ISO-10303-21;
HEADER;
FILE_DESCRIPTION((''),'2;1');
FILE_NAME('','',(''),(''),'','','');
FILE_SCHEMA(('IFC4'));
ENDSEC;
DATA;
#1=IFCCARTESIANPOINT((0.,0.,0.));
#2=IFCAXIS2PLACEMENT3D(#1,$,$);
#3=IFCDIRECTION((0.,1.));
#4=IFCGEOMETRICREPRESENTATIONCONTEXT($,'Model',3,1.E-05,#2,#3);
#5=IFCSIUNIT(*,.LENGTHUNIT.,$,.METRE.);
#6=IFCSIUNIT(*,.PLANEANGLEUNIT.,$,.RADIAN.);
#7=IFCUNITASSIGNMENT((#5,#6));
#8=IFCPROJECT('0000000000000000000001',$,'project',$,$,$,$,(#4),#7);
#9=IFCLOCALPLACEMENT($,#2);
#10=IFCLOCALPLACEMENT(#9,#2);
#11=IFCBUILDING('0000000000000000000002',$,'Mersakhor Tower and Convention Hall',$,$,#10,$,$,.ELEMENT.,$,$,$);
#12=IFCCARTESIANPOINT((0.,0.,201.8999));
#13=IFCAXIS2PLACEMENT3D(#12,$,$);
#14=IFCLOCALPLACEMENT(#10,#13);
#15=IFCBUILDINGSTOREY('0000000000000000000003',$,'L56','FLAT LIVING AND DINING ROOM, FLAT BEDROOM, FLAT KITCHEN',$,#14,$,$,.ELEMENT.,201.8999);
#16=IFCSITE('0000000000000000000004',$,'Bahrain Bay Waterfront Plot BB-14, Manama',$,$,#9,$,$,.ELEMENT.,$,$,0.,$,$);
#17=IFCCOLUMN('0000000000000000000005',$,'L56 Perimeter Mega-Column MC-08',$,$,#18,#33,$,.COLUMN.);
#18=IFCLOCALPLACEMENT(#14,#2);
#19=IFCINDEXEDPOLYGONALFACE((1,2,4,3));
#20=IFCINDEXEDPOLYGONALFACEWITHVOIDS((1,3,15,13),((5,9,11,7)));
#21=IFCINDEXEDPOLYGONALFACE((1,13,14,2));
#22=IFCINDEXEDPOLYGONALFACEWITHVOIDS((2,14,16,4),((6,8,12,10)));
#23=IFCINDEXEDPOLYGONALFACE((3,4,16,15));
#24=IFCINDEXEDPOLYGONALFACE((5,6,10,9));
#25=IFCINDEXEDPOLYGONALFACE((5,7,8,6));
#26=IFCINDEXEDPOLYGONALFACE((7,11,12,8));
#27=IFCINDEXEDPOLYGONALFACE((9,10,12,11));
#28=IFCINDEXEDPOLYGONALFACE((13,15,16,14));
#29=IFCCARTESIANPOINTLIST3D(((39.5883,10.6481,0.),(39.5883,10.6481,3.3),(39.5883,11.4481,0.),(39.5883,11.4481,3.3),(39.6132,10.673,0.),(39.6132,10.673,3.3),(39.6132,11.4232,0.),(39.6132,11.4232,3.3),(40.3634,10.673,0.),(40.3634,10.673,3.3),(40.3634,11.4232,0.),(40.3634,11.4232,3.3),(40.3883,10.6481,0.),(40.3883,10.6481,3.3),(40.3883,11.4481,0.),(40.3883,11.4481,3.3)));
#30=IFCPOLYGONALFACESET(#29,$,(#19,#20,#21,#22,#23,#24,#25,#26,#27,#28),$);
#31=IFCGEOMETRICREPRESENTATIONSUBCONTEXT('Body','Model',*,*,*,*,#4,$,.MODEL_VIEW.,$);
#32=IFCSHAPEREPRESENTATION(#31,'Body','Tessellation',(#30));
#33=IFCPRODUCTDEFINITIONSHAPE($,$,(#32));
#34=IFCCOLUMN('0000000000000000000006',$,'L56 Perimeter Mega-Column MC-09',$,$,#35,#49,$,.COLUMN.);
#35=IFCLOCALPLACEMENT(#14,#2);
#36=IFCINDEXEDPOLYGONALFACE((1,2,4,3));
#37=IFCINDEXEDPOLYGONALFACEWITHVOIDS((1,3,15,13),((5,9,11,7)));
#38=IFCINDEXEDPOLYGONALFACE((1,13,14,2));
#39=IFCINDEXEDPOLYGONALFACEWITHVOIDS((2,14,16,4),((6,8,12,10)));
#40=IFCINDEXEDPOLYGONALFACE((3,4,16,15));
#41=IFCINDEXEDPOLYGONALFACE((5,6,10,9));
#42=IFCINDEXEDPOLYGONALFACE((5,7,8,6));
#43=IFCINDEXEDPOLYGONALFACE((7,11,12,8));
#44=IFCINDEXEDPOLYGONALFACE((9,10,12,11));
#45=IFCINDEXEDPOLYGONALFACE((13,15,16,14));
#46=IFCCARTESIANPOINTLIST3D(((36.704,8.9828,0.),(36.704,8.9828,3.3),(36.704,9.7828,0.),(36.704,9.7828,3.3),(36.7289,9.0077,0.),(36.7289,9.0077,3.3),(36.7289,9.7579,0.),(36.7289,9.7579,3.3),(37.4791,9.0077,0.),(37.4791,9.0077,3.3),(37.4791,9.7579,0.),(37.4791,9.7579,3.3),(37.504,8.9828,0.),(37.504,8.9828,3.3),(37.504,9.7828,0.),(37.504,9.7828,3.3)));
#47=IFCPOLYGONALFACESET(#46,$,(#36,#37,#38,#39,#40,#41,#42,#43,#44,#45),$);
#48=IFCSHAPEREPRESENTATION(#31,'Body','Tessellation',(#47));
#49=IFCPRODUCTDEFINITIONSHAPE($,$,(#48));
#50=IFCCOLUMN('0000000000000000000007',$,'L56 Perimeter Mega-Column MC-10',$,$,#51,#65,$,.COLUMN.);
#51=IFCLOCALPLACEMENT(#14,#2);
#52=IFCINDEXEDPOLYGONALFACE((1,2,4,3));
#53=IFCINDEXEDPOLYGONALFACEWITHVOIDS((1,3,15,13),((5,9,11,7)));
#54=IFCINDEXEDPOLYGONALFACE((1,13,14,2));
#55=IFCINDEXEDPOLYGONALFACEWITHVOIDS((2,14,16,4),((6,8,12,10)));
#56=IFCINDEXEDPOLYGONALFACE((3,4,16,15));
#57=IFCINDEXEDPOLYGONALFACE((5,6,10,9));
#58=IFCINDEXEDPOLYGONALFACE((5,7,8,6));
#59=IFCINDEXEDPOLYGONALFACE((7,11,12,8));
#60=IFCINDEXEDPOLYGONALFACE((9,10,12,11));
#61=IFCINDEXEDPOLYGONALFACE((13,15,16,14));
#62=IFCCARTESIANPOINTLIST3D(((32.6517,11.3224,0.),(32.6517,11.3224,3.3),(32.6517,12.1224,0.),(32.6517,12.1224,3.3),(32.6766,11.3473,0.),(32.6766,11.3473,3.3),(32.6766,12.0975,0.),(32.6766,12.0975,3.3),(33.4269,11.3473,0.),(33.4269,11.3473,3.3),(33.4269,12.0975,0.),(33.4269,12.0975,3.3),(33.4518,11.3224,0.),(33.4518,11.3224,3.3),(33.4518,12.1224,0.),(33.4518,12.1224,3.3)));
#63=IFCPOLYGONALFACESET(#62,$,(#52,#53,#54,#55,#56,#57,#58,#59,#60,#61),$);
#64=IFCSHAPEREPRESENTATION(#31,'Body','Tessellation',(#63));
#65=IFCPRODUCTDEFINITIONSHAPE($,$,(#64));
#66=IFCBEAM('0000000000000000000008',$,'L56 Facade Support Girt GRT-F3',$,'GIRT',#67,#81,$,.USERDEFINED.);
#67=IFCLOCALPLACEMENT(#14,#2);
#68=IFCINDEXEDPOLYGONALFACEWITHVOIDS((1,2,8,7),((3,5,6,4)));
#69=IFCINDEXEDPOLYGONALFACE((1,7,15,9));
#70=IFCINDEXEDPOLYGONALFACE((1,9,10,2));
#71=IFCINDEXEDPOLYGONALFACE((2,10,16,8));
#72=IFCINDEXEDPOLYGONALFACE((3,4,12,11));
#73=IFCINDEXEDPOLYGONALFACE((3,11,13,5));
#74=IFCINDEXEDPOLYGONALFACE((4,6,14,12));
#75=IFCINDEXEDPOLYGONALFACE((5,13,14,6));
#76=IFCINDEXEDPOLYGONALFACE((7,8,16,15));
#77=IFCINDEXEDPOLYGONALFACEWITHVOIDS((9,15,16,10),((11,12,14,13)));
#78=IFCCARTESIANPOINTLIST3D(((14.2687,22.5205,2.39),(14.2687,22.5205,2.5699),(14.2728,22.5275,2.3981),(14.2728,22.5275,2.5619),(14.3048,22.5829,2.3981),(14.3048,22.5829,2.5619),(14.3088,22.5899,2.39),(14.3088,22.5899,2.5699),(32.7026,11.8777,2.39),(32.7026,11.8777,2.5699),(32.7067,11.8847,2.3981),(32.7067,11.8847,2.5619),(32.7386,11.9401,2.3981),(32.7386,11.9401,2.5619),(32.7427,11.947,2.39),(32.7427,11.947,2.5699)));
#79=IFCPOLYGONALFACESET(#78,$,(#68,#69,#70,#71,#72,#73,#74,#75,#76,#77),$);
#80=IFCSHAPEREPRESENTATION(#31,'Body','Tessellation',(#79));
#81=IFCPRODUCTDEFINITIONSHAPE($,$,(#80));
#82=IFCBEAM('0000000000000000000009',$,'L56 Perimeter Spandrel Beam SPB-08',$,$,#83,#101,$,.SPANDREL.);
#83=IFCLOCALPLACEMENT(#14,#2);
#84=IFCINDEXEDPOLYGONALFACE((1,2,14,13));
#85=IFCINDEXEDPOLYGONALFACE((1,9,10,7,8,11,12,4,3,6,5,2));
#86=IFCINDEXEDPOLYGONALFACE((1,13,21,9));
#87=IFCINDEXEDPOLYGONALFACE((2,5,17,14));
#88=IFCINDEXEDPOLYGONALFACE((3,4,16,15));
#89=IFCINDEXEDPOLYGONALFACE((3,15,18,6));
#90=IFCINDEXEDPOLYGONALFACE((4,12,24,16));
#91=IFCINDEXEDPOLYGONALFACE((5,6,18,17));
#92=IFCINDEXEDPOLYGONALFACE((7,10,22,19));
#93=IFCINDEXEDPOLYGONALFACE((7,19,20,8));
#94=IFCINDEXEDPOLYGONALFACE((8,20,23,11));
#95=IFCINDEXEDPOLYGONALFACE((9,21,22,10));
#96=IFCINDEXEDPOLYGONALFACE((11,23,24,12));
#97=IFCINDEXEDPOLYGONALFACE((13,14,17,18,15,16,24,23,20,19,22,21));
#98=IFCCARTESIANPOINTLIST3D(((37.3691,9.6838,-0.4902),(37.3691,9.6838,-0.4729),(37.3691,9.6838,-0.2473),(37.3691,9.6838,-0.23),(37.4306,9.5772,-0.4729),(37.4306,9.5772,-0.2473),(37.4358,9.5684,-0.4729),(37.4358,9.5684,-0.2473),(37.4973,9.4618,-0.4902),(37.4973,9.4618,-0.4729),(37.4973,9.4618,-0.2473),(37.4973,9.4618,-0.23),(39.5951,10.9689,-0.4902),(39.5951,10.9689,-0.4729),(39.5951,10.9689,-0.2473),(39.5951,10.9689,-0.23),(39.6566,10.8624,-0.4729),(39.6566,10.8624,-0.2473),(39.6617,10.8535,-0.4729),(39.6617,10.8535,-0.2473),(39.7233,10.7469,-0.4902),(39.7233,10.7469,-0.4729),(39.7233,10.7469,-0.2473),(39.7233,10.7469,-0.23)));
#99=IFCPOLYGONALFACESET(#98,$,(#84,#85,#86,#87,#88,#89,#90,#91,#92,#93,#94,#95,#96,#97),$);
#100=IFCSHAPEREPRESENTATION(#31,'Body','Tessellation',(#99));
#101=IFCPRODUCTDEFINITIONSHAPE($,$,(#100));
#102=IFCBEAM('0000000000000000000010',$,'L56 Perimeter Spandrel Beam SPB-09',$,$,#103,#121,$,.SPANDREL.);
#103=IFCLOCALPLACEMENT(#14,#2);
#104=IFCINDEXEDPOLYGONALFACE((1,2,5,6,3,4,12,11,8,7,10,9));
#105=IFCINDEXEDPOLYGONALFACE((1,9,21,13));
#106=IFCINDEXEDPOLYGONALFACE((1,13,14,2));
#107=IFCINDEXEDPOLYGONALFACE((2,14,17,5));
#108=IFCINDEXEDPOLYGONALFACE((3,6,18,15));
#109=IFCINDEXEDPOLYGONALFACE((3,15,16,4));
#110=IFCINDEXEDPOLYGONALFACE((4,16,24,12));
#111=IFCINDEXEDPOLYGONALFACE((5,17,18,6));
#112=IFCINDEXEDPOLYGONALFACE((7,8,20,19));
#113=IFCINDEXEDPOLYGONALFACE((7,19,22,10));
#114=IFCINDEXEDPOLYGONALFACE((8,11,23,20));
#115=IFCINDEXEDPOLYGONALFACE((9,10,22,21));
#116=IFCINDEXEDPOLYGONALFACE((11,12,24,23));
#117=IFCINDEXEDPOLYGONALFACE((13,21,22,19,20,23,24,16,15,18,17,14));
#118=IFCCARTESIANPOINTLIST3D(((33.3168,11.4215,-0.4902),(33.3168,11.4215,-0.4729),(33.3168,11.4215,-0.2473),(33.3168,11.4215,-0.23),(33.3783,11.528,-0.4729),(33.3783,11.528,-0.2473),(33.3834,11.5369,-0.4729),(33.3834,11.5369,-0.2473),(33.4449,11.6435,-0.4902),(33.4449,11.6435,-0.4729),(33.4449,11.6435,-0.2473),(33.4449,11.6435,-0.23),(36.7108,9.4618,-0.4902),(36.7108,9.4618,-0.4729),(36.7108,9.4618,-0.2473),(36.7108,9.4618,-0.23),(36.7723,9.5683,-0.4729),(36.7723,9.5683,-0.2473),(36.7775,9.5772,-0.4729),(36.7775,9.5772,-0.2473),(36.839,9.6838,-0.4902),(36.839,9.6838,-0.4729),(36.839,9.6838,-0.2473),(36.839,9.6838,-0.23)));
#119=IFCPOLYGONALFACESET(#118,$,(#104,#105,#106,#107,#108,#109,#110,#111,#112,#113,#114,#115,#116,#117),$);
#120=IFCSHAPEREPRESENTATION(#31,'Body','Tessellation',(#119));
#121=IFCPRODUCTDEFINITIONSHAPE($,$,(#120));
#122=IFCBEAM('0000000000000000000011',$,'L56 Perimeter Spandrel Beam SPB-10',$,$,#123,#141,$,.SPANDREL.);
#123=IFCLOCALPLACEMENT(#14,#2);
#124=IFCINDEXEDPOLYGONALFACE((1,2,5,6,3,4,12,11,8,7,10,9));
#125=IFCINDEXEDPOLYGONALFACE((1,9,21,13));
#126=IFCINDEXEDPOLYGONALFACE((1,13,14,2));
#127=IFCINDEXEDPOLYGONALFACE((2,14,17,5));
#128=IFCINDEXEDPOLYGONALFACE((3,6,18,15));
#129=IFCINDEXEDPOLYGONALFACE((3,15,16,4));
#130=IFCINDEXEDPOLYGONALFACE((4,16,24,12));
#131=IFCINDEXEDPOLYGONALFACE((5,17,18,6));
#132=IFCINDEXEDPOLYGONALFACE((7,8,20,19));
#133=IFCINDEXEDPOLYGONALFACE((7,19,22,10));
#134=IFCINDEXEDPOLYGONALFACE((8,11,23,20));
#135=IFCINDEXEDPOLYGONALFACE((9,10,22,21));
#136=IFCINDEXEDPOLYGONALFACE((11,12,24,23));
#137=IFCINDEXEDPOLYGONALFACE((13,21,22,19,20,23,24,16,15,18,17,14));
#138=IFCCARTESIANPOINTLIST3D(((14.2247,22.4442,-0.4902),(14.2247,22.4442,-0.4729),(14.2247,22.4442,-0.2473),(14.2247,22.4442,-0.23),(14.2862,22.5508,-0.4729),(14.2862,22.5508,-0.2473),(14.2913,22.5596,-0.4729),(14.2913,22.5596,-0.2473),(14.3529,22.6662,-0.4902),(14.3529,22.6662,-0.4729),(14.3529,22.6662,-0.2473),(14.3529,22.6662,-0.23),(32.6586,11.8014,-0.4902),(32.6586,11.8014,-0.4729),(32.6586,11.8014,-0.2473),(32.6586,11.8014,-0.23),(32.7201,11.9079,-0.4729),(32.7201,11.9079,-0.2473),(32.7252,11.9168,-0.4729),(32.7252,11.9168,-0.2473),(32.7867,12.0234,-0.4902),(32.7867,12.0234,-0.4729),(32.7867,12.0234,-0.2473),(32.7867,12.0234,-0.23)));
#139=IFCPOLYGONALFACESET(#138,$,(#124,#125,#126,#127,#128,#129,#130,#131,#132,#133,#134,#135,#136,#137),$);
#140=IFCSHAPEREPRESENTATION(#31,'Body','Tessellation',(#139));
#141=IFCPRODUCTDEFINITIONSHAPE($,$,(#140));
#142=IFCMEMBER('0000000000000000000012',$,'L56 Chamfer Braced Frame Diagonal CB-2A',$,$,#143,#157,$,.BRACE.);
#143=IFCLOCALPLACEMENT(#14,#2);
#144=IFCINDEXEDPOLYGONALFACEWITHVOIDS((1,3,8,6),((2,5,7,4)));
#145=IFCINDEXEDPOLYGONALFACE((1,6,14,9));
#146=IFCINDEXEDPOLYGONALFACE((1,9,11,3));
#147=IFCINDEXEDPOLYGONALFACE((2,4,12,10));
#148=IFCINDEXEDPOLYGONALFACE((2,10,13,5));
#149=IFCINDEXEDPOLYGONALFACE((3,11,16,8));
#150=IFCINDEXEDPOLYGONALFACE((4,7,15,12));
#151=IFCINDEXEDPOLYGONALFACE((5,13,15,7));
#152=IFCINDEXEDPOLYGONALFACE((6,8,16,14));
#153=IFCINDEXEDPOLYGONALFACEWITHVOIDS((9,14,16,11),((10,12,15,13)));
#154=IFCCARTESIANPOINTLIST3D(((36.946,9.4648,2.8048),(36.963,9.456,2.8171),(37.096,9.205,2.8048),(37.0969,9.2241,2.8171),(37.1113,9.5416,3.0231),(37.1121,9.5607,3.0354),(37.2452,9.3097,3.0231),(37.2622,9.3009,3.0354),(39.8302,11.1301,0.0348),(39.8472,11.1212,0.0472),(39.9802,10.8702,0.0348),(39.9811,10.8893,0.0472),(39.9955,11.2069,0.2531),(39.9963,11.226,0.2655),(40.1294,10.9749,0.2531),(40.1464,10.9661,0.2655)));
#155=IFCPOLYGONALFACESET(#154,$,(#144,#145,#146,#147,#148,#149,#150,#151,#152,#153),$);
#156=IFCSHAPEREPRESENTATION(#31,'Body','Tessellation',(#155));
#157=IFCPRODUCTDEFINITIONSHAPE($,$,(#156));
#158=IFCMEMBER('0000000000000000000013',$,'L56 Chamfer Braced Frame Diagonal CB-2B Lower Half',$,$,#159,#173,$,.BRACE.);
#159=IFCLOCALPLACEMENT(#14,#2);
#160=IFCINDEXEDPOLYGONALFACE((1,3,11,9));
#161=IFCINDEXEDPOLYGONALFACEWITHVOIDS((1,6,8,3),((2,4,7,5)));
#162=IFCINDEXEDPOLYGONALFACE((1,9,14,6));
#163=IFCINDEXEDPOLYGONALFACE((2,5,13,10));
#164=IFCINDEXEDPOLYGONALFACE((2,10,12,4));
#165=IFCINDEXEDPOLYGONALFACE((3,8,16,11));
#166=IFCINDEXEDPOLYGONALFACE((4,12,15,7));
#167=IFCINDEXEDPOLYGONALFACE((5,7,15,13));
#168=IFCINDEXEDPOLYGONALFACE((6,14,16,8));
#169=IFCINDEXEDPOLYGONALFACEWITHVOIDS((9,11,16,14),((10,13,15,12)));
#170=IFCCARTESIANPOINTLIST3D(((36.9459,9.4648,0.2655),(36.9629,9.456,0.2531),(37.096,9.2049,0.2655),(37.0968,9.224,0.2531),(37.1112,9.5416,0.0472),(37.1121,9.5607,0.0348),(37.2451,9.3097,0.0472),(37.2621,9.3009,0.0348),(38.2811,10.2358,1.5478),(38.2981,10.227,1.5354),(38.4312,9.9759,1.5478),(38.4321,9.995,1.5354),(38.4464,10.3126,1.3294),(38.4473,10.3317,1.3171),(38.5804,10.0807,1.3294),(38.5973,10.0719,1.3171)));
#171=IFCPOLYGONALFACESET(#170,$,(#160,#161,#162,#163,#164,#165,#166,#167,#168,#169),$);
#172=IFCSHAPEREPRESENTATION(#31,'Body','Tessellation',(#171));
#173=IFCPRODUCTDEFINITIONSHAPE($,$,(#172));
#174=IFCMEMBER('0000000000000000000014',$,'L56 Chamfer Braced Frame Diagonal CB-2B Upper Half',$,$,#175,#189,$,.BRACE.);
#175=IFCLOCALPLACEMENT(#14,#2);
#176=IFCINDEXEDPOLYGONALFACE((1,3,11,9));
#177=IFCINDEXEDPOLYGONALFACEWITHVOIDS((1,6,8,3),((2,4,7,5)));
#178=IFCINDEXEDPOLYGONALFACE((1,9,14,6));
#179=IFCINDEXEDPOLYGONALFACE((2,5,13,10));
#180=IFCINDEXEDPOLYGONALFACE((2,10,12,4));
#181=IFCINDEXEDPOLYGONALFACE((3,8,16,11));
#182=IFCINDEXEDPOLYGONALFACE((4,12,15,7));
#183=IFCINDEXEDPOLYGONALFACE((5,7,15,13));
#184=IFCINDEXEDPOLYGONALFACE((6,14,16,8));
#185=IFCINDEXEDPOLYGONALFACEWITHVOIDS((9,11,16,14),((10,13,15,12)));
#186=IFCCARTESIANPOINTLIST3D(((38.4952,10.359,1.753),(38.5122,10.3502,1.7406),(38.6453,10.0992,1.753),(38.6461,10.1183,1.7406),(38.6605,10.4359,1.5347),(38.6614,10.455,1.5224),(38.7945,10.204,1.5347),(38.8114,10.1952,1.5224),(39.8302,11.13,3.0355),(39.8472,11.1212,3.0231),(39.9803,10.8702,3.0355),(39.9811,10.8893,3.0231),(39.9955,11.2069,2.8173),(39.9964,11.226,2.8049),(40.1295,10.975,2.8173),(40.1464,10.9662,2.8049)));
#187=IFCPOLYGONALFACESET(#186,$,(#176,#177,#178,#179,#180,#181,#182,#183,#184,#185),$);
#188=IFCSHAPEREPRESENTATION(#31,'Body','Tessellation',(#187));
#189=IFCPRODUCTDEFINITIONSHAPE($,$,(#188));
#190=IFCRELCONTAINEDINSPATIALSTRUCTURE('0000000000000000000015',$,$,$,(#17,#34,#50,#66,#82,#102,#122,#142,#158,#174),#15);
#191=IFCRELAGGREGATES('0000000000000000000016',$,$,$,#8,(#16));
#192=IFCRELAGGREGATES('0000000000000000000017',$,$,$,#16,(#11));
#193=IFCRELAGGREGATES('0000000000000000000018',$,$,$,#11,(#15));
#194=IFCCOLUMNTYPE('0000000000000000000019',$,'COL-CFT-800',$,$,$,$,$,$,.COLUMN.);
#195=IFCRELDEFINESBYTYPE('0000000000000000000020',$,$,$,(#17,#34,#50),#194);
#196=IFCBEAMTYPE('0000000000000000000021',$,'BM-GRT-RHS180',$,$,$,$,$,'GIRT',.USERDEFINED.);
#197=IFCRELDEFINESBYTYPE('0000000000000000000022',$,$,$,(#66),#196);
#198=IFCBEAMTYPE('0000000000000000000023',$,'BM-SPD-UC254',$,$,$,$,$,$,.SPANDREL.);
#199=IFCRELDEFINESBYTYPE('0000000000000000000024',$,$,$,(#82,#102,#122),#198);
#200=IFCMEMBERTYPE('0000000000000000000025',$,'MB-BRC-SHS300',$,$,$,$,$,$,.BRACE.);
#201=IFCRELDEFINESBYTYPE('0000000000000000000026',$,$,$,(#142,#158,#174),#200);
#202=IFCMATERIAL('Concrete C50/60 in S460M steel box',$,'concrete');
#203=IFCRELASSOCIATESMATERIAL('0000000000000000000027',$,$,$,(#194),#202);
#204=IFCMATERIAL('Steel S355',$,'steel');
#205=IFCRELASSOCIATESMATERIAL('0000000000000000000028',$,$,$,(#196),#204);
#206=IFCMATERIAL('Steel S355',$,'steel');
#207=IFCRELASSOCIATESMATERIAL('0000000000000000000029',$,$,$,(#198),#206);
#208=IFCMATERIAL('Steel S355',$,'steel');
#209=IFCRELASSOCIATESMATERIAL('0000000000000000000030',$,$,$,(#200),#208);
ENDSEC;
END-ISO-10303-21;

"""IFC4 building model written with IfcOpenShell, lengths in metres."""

from ifc_helpers import new_model, si_unit, direction, frame, origin, origin_2d, place, context, subcontext, project, spatial, hollow_rectangle, i_section, extrude, material, material_profile, profile_set, type_object, element, save


model = new_model("IFC4")

# Units and contexts
model_context = context("Model", 3, precision=1e-05, world=origin(), true_north=direction((0.0, 1.0)))
body_context = subcontext(model_context, "Body", "Model", "MODEL_VIEW")
ifc_project = project(units=[si_unit("LENGTHUNIT", "METRE"), si_unit("PLANEANGLEUNIT", "RADIAN")], contexts=[model_context])

# Site, building, storey
site_placement = place(None, origin())
site = spatial("IfcSite", under=ifc_project, at=site_placement, Name="Bahrain Bay Waterfront Plot BB-14, Manama", CompositionType="ELEMENT", RefElevation=0.0)
building_placement = place(site_placement, origin())
building = spatial("IfcBuilding", under=site, at=building_placement, Name="Mersakhor Tower and Convention Hall", CompositionType="ELEMENT")
storey_placement = place(building_placement, frame((0.0, 0.0, 201.8999)))
storey = spatial("IfcBuildingStorey", under=building, at=storey_placement, Name="L56", Description="FLAT LIVING AND DINING ROOM, FLAT BEDROOM, FLAT KITCHEN", CompositionType="ELEMENT", Elevation=201.8999)

# Columns
ifc_material_1 = material(Name="Concrete C50/60 in S460M steel box", Category="concrete")
ifc_material_profile_1 = material_profile(ifc_material_1, hollow_rectangle(XDim=0.8, YDim=0.8, WallThickness=0.0249, at=origin_2d()), Name="SHS 800x800x25")
ifc_profile_set_1 = profile_set([ifc_material_profile_1], Name="Concrete C50/60 in S460M steel box")
column_type = type_object("IfcColumnType", Name="COL-CFT-800", PredefinedType="COLUMN", material=ifc_profile_set_1)
for number, where, z_axis, x_axis, name in (
    (1, (39.9883, 11.0481, 0.0), (0.0, 0.0, 1.0), (1.0, 0.0, 0.0), "L56 Perimeter Mega-Column MC-08"),
    (2, (37.104, 9.3828, 0.0), (0.0, 0.0, 1.0), (1.0, 0.0, 0.0), "L56 Perimeter Mega-Column MC-09"),
    (3, (33.0518, 11.7224, 0.0), (0.0, 0.0, 1.0), (1.0, 0.0, 0.0), "L56 Perimeter Mega-Column MC-10"),
):
    element("IfcColumn", number, at=place(storey_placement, frame(where, z_axis=z_axis, x_axis=x_axis)), inside=storey, type_object=column_type, Name=name, PredefinedType="COLUMN", context=body_context, shape_type="SweptSolid", body=[
        extrude(hollow_rectangle(XDim=0.8, YDim=0.8, WallThickness=0.0249, at=origin_2d()), origin(), (0.0, 0.0, 1.0), 3.3),
    ])

# Beams
ifc_material_2 = material(Name="Steel S355", Category="steel")
ifc_material_profile_2 = material_profile(ifc_material_2, hollow_rectangle(XDim=0.0801, YDim=0.1799, WallThickness=0.0081, at=origin_2d()), Name="RHS 180x80x8")
ifc_profile_set_2 = profile_set([ifc_material_profile_2], Name="Steel S355")
beam_type_1 = type_object("IfcBeamType", Name="BM-GRT-RHS180", ElementType="GIRT", PredefinedType="USERDEFINED", material=ifc_profile_set_2)
beam_1_placement = place(storey_placement, frame((32.7227, 11.9124, 2.48), z_axis=(-0.866025, 0.500001, 0.0), x_axis=(-0.500001, -0.866025, 0.0)))
element("IfcBeam", 4, at=beam_1_placement, inside=storey, type_object=beam_type_1, Name="L56 Facade Support Girt GRT-F3", ObjectType="GIRT", PredefinedType="USERDEFINED", context=body_context, shape_type="SweptSolid", body=[
    extrude(hollow_rectangle(XDim=0.0801, YDim=0.1799, WallThickness=0.0081, at=origin_2d()), origin(), (0.0, 0.0, 1.0), 21.2856),
])
ifc_material_3 = material(Name="Steel S355", Category="steel")
ifc_material_profile_3 = material_profile(ifc_material_3, i_section(OverallWidth=0.2563, OverallDepth=0.2603, WebThickness=0.0103, FlangeThickness=0.0173, at=origin_2d()), Name="UC 254x254x89")
ifc_profile_set_3 = profile_set([ifc_material_profile_3], Name="Steel S355")
beam_type_2 = type_object("IfcBeamType", Name="BM-SPD-UC254", PredefinedType="SPANDREL", material=ifc_profile_set_3)
beam_2_placement = place(storey_placement, frame((39.6592, 10.8579, -0.3601), z_axis=(-0.866037, -0.49998, 0.0), x_axis=(0.49998, -0.866037, 0.0)))
element("IfcBeam", 5, at=beam_2_placement, inside=storey, type_object=beam_type_2, Name="L56 Perimeter Spandrel Beam SPB-08", PredefinedType="SPANDREL", context=body_context, shape_type="SweptSolid", body=[
    extrude(i_section(OverallWidth=0.2563, OverallDepth=0.2603, WebThickness=0.0103, FlangeThickness=0.0173, at=origin_2d()), origin(), (0.0, 0.0, 1.0), 2.5703),
])
beam_3_placement = place(storey_placement, frame((36.7749, 9.5728, -0.3601), z_axis=(-0.866007, 0.500032, 0.0), x_axis=(-0.500032, -0.866007, 0.0)))
element("IfcBeam", 6, at=beam_3_placement, inside=storey, type_object=beam_type_2, Name="L56 Perimeter Spandrel Beam SPB-09", PredefinedType="SPANDREL", context=body_context, shape_type="SweptSolid", body=[
    extrude(i_section(OverallWidth=0.2563, OverallDepth=0.2603, WebThickness=0.0103, FlangeThickness=0.0173, at=origin_2d()), origin(), (0.0, 0.0, 1.0), 3.9192),
])
beam_4_placement = place(storey_placement, frame((32.7227, 11.9124, -0.3601), z_axis=(-0.866025, 0.500001, 0.0), x_axis=(-0.500001, -0.866025, 0.0)))
element("IfcBeam", 7, at=beam_4_placement, inside=storey, type_object=beam_type_2, Name="L56 Perimeter Spandrel Beam SPB-10", PredefinedType="SPANDREL", context=body_context, shape_type="SweptSolid", body=[
    extrude(i_section(OverallWidth=0.2563, OverallDepth=0.2603, WebThickness=0.0103, FlangeThickness=0.0173, at=origin_2d()), origin(), (0.0, 0.0, 1.0), 21.2856),
])

# Members
ifc_material_4 = material(Name="Steel S355", Category="steel")
ifc_material_profile_4 = material_profile(ifc_material_4, hollow_rectangle(XDim=0.3, YDim=0.3, WallThickness=0.0161, at=origin_2d()), Name="SHS 300x300x16")
ifc_profile_set_4 = profile_set([ifc_material_profile_4], Name="Steel S355")
member_type = type_object("IfcMemberType", Name="MB-BRC-SHS300", PredefinedType="BRACE", material=ifc_profile_set_4)
member_placement = place(storey_placement, frame((39.9883, 11.0481, 0.1501), z_axis=(-0.665825, -0.384425, 0.639449), x_axis=(0.50001, -0.86602, 0.0)))
element("IfcMember", 8, at=member_placement, inside=storey, type_object=member_type, Name="L56 Chamfer Braced Frame Diagonal CB-2A", PredefinedType="BRACE", context=body_context, shape_type="SweptSolid", body=[
    extrude(hollow_rectangle(XDim=0.3, YDim=0.3, WallThickness=0.0161, at=origin_2d()), origin(), (0.0, 0.0, 1.0), 4.3318),
])
for number, where, z_axis, x_axis, name in (
    (9, (37.104, 9.3828, 0.1501), (0.665831, 0.384475, 0.639412), (-0.500056, 0.865993, 0.0), "L56 Chamfer Braced Frame Diagonal CB-2B Lower Half"),
    (10, (38.6533, 10.2771, 1.6377), (0.665711, 0.384476, 0.639536), (-0.500125, 0.865953, 0.0), "L56 Chamfer Braced Frame Diagonal CB-2B Upper Half"),
):
    element("IfcMember", number, at=place(storey_placement, frame(where, z_axis=z_axis, x_axis=x_axis)), inside=storey, type_object=member_type, Name=name, PredefinedType="BRACE", context=body_context, shape_type="SweptSolid", body=[
        extrude(hollow_rectangle(XDim=0.3, YDim=0.3, WallThickness=0.0161, at=origin_2d()), origin(), (0.0, 0.0, 1.0), 2.0054),
    ])

save(model, "model.ifc")
